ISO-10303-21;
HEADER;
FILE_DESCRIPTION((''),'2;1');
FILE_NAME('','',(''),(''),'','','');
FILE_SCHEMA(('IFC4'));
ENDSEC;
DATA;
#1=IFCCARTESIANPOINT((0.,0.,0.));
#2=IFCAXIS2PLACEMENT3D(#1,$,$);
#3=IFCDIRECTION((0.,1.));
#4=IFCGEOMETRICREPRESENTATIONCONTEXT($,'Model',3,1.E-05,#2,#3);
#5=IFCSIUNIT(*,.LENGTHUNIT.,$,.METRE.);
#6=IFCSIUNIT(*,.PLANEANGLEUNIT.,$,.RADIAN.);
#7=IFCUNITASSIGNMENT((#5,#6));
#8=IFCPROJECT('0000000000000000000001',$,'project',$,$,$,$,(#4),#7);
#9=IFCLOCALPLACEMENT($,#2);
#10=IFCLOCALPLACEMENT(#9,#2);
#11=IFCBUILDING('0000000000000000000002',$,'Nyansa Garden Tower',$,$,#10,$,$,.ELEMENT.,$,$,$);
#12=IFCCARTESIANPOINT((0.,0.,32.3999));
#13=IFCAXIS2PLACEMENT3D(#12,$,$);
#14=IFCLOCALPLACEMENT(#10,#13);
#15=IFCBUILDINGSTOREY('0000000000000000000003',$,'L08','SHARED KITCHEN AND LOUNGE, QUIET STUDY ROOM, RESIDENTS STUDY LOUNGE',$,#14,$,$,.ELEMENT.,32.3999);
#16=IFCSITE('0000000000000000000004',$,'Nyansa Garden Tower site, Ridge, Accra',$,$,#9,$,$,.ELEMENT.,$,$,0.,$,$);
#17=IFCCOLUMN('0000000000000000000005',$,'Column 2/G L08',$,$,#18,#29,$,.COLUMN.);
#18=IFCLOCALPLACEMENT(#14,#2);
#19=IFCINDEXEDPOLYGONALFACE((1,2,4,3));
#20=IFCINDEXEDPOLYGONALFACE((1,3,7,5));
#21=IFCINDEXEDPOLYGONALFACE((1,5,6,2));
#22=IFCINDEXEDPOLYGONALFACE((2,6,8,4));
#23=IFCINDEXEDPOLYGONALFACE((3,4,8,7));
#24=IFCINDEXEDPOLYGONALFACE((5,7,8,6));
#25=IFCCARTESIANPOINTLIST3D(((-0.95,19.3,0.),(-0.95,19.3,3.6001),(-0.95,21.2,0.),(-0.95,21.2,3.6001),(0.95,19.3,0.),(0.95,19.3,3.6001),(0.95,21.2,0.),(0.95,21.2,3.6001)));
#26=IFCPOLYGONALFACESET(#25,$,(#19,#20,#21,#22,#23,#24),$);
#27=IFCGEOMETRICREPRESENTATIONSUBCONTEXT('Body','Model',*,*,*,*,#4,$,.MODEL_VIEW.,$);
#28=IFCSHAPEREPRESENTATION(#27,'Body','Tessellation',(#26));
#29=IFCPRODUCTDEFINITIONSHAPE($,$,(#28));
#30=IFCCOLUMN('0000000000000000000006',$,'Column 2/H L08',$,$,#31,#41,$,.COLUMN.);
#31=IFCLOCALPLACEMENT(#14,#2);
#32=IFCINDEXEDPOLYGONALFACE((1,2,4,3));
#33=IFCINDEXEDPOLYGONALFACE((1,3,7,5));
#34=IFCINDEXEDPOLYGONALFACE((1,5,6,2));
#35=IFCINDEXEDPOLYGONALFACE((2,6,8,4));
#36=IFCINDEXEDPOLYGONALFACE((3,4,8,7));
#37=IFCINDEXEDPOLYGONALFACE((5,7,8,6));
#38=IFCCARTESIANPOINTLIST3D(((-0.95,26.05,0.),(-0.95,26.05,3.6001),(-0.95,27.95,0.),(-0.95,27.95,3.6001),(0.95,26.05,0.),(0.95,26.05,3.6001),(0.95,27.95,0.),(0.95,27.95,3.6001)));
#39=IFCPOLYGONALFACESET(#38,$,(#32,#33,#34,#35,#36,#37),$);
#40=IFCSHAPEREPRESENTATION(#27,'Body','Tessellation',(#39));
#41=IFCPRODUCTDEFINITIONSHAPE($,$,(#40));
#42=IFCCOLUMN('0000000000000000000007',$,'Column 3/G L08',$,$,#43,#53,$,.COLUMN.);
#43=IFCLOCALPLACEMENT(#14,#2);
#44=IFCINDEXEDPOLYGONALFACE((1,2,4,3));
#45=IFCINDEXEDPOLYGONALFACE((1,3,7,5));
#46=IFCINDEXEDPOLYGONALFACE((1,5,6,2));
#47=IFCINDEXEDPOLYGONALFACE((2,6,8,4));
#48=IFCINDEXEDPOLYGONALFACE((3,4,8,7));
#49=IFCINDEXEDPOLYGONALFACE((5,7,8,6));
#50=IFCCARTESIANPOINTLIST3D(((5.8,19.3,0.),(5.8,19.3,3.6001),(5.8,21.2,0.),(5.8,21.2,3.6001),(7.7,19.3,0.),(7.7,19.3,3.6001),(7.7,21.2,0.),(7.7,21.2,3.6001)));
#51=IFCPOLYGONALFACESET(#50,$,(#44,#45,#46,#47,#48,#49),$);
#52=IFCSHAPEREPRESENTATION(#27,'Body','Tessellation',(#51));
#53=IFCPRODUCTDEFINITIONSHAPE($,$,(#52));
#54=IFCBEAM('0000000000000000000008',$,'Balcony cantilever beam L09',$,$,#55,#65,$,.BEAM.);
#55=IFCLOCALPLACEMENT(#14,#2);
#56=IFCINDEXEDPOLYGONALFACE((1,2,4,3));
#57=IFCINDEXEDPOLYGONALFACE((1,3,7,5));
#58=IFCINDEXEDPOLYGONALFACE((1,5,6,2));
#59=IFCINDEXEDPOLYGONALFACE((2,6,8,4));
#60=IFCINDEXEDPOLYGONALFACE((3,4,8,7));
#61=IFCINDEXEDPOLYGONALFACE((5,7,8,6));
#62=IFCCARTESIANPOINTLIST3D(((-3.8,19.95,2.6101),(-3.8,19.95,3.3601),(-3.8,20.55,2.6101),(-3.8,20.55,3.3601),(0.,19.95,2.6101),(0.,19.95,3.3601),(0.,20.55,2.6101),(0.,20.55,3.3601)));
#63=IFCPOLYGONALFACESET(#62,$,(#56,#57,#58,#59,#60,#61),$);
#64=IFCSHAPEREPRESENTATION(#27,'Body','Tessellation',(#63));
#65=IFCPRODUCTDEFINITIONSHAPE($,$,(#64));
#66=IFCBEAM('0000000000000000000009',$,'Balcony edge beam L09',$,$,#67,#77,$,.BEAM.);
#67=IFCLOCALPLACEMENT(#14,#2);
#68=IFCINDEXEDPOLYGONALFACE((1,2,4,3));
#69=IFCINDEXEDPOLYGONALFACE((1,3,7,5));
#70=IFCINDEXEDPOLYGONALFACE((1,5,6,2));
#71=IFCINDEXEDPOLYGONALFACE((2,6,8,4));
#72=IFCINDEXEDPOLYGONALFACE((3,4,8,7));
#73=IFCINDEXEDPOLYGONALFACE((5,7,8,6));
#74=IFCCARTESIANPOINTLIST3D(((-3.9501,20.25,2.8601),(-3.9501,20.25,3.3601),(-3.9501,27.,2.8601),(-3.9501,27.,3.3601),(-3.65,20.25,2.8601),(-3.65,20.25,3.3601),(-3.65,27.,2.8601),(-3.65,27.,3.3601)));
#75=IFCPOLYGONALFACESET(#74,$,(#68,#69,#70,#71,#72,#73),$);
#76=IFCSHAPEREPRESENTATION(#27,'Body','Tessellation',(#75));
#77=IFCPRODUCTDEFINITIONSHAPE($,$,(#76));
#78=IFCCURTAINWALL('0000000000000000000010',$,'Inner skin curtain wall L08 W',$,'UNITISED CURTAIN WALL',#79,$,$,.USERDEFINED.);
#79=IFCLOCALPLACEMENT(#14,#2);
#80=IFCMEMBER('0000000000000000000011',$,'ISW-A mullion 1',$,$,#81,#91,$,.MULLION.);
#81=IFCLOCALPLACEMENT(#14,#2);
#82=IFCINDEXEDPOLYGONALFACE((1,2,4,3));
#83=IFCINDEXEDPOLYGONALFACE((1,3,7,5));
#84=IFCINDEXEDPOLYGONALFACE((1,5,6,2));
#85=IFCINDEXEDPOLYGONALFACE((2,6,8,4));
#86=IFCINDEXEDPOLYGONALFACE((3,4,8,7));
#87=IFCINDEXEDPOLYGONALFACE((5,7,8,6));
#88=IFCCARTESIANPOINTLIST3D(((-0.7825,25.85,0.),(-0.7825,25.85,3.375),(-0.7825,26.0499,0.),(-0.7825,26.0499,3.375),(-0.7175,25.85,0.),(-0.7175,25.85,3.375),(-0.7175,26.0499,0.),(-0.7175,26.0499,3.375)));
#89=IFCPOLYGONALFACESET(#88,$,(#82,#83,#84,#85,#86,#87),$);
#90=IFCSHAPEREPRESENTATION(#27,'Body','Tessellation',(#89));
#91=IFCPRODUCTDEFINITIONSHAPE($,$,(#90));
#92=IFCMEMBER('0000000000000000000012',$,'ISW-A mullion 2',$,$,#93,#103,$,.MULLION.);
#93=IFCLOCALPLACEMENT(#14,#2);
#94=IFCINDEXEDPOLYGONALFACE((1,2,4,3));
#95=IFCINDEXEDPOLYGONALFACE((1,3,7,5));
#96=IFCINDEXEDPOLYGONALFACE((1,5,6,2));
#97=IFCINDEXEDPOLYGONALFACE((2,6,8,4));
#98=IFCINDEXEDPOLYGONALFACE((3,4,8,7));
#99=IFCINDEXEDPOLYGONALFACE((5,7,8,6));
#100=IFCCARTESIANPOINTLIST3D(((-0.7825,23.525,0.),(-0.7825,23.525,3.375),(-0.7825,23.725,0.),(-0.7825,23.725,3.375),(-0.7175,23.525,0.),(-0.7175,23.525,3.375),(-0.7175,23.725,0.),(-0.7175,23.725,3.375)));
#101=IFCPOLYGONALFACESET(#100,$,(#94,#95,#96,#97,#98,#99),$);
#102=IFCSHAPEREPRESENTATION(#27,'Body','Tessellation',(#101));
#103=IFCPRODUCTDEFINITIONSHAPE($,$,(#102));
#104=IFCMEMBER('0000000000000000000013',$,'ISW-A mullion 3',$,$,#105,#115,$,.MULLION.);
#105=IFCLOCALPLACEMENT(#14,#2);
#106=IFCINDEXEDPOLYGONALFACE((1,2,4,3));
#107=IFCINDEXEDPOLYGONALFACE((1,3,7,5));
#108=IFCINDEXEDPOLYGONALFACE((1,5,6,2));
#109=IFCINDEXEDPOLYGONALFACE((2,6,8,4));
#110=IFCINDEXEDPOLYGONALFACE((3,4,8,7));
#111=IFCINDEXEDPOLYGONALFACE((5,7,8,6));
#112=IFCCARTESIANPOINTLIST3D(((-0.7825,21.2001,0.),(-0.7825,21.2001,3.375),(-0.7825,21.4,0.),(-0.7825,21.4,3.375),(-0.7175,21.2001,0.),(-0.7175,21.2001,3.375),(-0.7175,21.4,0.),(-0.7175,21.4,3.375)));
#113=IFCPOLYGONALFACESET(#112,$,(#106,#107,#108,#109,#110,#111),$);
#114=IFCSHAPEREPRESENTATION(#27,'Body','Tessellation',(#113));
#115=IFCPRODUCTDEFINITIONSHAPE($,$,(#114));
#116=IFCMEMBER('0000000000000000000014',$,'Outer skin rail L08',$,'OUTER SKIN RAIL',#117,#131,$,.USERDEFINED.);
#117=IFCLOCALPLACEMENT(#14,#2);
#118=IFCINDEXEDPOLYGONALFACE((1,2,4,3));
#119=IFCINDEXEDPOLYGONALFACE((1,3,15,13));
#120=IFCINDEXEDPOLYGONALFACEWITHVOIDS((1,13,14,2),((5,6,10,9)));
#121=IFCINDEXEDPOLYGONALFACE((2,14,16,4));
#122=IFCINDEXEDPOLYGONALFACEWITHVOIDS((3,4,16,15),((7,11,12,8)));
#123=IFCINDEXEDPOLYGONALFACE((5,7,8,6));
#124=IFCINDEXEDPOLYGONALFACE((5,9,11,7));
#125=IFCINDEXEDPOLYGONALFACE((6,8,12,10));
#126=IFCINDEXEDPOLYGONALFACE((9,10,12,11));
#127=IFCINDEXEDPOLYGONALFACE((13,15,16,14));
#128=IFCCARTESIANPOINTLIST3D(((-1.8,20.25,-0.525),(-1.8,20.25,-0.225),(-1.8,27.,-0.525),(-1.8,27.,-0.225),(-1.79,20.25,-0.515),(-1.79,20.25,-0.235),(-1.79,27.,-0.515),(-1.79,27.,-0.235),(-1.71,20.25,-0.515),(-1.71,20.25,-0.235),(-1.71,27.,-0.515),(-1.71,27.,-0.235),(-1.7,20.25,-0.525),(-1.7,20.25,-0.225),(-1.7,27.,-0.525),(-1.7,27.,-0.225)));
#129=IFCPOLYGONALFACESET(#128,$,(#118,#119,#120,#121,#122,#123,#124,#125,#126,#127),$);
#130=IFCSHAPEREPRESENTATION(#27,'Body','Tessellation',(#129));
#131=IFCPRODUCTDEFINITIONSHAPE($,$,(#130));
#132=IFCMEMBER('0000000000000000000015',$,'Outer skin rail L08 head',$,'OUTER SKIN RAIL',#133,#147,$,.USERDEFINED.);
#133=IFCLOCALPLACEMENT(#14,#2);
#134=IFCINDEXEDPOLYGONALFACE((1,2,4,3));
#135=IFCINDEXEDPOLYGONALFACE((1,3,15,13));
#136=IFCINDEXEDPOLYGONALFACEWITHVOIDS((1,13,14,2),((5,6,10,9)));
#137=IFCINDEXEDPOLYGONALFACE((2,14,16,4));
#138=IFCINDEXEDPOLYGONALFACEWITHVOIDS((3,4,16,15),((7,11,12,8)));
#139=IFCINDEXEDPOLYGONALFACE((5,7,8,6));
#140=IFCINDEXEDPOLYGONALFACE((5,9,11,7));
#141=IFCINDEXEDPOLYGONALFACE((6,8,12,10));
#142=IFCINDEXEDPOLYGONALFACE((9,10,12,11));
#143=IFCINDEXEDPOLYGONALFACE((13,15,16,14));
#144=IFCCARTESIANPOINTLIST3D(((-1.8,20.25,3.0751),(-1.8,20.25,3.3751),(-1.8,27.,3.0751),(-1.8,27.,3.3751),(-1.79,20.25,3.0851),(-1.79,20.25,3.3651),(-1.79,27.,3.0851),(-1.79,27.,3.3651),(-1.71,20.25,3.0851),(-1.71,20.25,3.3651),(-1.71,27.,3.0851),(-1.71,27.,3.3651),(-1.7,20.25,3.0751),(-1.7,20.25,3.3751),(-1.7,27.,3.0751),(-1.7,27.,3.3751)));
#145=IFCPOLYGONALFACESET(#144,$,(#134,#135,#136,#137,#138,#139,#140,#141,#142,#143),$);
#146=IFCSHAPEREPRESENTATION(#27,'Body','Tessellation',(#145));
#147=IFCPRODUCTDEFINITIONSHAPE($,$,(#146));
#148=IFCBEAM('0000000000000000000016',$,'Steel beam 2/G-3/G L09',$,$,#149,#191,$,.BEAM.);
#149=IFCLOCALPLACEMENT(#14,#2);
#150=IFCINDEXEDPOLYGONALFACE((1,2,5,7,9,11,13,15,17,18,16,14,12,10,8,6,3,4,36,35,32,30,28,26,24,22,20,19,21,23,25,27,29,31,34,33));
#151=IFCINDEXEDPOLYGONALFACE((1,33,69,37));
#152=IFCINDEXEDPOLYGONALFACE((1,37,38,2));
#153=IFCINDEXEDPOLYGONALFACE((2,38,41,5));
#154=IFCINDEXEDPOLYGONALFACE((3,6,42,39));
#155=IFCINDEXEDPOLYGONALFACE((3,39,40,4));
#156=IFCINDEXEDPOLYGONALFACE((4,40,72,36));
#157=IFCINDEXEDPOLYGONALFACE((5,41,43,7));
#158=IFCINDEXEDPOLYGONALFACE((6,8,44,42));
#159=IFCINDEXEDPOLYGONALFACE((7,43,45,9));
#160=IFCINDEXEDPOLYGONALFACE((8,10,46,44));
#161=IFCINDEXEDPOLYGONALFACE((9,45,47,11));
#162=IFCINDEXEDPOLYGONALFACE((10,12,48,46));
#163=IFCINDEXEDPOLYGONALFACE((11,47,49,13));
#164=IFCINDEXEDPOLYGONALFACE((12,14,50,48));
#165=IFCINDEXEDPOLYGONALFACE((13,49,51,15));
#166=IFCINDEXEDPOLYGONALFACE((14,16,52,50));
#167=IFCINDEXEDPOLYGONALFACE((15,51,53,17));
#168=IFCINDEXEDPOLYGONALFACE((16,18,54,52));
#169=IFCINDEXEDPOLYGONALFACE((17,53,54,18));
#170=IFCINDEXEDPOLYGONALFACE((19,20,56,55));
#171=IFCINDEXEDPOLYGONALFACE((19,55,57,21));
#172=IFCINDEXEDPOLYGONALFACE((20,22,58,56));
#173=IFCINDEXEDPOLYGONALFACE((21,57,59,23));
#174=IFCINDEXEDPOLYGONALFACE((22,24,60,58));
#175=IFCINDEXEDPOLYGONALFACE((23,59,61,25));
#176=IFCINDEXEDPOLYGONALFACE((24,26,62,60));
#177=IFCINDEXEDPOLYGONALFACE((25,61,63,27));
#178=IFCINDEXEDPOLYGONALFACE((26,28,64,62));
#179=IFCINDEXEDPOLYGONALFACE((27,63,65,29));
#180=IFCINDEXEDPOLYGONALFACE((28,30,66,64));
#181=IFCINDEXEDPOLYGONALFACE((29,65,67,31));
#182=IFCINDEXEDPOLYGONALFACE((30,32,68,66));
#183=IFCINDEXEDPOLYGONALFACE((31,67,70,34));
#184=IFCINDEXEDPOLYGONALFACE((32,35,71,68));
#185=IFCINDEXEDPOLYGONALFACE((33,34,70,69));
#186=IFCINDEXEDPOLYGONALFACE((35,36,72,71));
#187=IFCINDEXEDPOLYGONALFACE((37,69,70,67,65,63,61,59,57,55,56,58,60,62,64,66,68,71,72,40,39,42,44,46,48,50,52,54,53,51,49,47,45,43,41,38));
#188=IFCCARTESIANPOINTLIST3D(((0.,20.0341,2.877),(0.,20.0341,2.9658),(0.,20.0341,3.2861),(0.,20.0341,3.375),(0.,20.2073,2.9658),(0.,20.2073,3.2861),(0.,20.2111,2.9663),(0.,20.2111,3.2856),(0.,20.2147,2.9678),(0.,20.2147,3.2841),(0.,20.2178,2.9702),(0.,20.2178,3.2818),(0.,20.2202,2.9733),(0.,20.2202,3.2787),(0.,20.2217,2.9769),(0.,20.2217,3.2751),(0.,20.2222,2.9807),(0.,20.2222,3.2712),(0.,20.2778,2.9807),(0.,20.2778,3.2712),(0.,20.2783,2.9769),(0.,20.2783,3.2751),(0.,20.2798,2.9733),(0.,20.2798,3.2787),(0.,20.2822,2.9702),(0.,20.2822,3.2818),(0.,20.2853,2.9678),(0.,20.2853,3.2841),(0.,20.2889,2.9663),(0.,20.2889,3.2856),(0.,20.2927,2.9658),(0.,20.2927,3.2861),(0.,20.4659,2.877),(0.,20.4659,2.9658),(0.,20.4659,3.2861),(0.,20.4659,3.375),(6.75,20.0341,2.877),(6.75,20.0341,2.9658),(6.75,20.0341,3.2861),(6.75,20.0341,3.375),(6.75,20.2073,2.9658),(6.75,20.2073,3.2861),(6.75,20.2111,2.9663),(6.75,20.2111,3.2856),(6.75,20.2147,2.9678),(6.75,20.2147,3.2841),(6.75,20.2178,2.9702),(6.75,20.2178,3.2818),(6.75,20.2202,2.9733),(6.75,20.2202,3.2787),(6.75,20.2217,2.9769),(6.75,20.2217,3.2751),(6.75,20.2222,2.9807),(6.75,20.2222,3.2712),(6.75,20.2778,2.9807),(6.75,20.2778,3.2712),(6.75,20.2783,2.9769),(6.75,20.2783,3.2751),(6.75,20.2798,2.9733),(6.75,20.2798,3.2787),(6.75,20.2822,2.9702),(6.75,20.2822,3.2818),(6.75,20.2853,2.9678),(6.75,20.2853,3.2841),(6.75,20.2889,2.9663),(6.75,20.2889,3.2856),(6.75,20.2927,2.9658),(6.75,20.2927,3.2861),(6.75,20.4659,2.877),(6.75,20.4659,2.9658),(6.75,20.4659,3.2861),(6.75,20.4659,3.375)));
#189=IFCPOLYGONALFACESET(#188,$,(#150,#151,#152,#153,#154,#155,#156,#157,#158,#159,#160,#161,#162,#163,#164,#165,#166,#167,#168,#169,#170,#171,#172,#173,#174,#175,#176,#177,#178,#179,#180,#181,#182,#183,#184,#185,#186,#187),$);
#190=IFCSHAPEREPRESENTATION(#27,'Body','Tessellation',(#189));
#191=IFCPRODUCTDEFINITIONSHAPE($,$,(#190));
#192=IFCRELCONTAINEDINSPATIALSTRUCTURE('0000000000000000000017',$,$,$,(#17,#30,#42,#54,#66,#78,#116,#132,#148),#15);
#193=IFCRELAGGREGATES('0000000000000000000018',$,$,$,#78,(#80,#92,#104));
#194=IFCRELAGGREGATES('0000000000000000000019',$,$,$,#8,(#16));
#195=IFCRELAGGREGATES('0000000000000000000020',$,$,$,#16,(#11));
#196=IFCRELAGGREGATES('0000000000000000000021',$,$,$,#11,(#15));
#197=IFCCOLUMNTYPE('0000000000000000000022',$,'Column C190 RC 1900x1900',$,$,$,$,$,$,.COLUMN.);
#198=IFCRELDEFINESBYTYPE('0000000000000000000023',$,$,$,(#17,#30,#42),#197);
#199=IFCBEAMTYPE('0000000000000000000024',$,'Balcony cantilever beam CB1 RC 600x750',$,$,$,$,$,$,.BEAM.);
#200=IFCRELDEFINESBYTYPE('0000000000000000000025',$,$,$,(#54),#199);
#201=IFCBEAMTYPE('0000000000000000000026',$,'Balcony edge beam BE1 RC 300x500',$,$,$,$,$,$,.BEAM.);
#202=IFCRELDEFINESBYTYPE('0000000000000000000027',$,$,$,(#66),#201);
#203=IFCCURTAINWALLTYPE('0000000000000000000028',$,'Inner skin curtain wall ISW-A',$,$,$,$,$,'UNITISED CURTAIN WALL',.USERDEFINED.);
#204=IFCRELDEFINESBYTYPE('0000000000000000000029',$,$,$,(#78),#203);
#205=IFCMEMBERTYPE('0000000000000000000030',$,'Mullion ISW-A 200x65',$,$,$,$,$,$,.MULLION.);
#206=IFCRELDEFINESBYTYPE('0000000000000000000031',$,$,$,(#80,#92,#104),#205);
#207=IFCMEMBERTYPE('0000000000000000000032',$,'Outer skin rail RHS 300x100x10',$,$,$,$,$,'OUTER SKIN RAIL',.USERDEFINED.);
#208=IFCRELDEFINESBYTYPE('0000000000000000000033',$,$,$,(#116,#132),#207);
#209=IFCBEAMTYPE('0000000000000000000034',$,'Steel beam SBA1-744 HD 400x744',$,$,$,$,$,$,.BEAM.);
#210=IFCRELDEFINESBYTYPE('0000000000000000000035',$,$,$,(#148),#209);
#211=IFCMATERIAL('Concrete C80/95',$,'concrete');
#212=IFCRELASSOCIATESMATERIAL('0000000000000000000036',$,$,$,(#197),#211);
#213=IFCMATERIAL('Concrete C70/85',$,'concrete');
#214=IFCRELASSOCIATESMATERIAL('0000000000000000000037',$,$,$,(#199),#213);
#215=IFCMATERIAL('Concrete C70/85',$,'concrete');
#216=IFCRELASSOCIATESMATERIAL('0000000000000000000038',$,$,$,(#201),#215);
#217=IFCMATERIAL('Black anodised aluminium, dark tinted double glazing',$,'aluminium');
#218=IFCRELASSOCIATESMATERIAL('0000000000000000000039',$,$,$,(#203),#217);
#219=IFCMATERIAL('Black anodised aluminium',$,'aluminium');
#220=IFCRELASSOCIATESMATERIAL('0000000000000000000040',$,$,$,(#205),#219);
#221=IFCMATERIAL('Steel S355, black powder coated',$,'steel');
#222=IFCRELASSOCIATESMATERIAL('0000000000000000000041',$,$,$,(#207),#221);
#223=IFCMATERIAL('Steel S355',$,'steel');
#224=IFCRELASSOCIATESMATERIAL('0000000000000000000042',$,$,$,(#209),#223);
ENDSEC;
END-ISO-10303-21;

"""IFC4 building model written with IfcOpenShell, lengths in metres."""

from ifc_helpers import new_model, si_unit, direction, frame, origin, origin_2d, place, context, subcontext, project, spatial, rectangle, hollow_rectangle, i_section, extrude, material, material_profile, profile_set, type_object, element, aggregate, save


model = new_model("IFC4")

# Units and contexts
model_context = context("Model", 3, precision=1e-05, world=origin(), true_north=direction((0.0, 1.0)))
body_context = subcontext(model_context, "Body", "Model", "MODEL_VIEW")
ifc_project = project(units=[si_unit("LENGTHUNIT", "METRE"), si_unit("PLANEANGLEUNIT", "RADIAN")], contexts=[model_context])

# Site, building, storey
site_placement = place(None, origin())
site = spatial("IfcSite", under=ifc_project, at=site_placement, Name="Nyansa Garden Tower site, Ridge, Accra", CompositionType="ELEMENT", RefElevation=0.0)
building_placement = place(site_placement, origin())
building = spatial("IfcBuilding", under=site, at=building_placement, Name="Nyansa Garden Tower", CompositionType="ELEMENT")
storey_placement = place(building_placement, frame((0.0, 0.0, 32.3999)))
storey = spatial("IfcBuildingStorey", under=building, at=storey_placement, Name="L08", Description="SHARED KITCHEN AND LOUNGE, QUIET STUDY ROOM, RESIDENTS STUDY LOUNGE", CompositionType="ELEMENT", Elevation=32.3999)

# Columns
ifc_material_1 = material(Name="Concrete C80/95", Category="concrete")
ifc_material_profile_1 = material_profile(ifc_material_1, rectangle(XDim=1.8999, YDim=1.8999, at=origin_2d()), Name="RC 1900x1900")
ifc_profile_set_1 = profile_set([ifc_material_profile_1], Name="Concrete C80/95")
column_type = type_object("IfcColumnType", Name="Column C190 RC 1900x1900", PredefinedType="COLUMN", material=ifc_profile_set_1)
for number, where, z_axis, x_axis, name in (
    (1, (0.0, 20.25, 0.0), (0.0, 0.0, 1.0), (1.0, 0.0, 0.0), "Column 2/G L08"),
    (2, (0.0, 27.0, 0.0), (0.0, 0.0, 1.0), (1.0, 0.0, 0.0), "Column 2/H L08"),
    (3, (6.75, 20.25, 0.0), (0.0, 0.0, 1.0), (1.0, 0.0, 0.0), "Column 3/G L08"),
):
    element("IfcColumn", number, at=place(storey_placement, frame(where, z_axis=z_axis, x_axis=x_axis)), inside=storey, type_object=column_type, Name=name, PredefinedType="COLUMN", context=body_context, shape_type="SweptSolid", body=[
        extrude(rectangle(XDim=1.8999, YDim=1.8999, at=origin_2d()), origin(), (0.0, 0.0, 1.0), 3.6001),
    ])

# Beams
ifc_material_2 = material(Name="Concrete C70/85", Category="concrete")
ifc_material_profile_2 = material_profile(ifc_material_2, rectangle(XDim=0.6001, YDim=0.75, at=origin_2d()), Name="RC 600x750")
ifc_profile_set_2 = profile_set([ifc_material_profile_2], Name="Concrete C70/85")
beam_type_1 = type_object("IfcBeamType", Name="Balcony cantilever beam CB1 RC 600x750", PredefinedType="BEAM", material=ifc_profile_set_2)
beam_1_placement = place(storey_placement, frame((0.0, 20.25, 2.9851), z_axis=(-1.0, 0.0, 0.0), x_axis=(0.0, -1.0, 0.0)))
element("IfcBeam", 4, at=beam_1_placement, inside=storey, type_object=beam_type_1, Name="Balcony cantilever beam L09", PredefinedType="BEAM", context=body_context, shape_type="SweptSolid", body=[
    extrude(rectangle(XDim=0.6001, YDim=0.75, at=origin_2d()), origin(), (0.0, 0.0, 1.0), 3.8),
])
ifc_material_3 = material(Name="Concrete C70/85", Category="concrete")
ifc_material_profile_3 = material_profile(ifc_material_3, rectangle(XDim=0.3, YDim=0.5, at=origin_2d()), Name="RC 300x500")
ifc_profile_set_3 = profile_set([ifc_material_profile_3], Name="Concrete C70/85")
beam_type_2 = type_object("IfcBeamType", Name="Balcony edge beam BE1 RC 300x500", PredefinedType="BEAM", material=ifc_profile_set_3)
beam_2_placement = place(storey_placement, frame((-3.8, 20.25, 3.1101), z_axis=(0.0, 1.0, 0.0), x_axis=(-1.0, 0.0, 0.0)))
element("IfcBeam", 5, at=beam_2_placement, inside=storey, type_object=beam_type_2, Name="Balcony edge beam L09", PredefinedType="BEAM", context=body_context, shape_type="SweptSolid", body=[
    extrude(rectangle(XDim=0.3, YDim=0.5, at=origin_2d()), origin(), (0.0, 0.0, 1.0), 6.75),
])

# Curtain wall, members
ifc_material_4 = material(Name="Black anodised aluminium, dark tinted double glazing", Category="aluminium")
curtain_wall_type = type_object("IfcCurtainWallType", Name="Inner skin curtain wall ISW-A", ElementType="UNITISED CURTAIN WALL", PredefinedType="USERDEFINED", material=ifc_material_4)
curtain_wall_placement = place(storey_placement, origin())
curtain_wall = element("IfcCurtainWall", 6, at=curtain_wall_placement, inside=storey, type_object=curtain_wall_type, Name="Inner skin curtain wall L08 W", ObjectType="UNITISED CURTAIN WALL", PredefinedType="USERDEFINED")
ifc_material_5 = material(Name="Black anodised aluminium", Category="aluminium")
ifc_material_profile_4 = material_profile(ifc_material_5, rectangle(XDim=0.0649, YDim=0.2, at=origin_2d()), Name="Mullion 200x65")
ifc_profile_set_4 = profile_set([ifc_material_profile_4], Name="Black anodised aluminium")
member_type_1 = type_object("IfcMemberType", Name="Mullion ISW-A 200x65", PredefinedType="MULLION", material=ifc_profile_set_4)
member_1_placement = place(storey_placement, frame((-0.75, 25.95, 0.0), z_axis=(0.0, 0.0, 1.0), x_axis=(1.0, 0.0, 0.0)))
member_1 = element("IfcMember", 7, at=member_1_placement, type_object=member_type_1, Name="ISW-A mullion 1", PredefinedType="MULLION", context=body_context, shape_type="SweptSolid", body=[
    extrude(rectangle(XDim=0.0649, YDim=0.2, at=origin_2d()), origin(), (0.0, 0.0, 1.0), 3.375),
])
member_2_placement = place(storey_placement, frame((-0.75, 23.625, 0.0), z_axis=(0.0, 0.0, 1.0), x_axis=(1.0, 0.0, 0.0)))
member_2 = element("IfcMember", 8, at=member_2_placement, type_object=member_type_1, Name="ISW-A mullion 2", PredefinedType="MULLION", context=body_context, shape_type="SweptSolid", body=[
    extrude(rectangle(XDim=0.0649, YDim=0.2, at=origin_2d()), origin(), (0.0, 0.0, 1.0), 3.375),
])
member_3_placement = place(storey_placement, frame((-0.75, 21.3, 0.0), z_axis=(0.0, 0.0, 1.0), x_axis=(1.0, 0.0, 0.0)))
member_3 = element("IfcMember", 9, at=member_3_placement, type_object=member_type_1, Name="ISW-A mullion 3", PredefinedType="MULLION", context=body_context, shape_type="SweptSolid", body=[
    extrude(rectangle(XDim=0.0649, YDim=0.2, at=origin_2d()), origin(), (0.0, 0.0, 1.0), 3.375),
])

# Members
ifc_material_6 = material(Name="Steel S355, black powder coated", Category="steel")
ifc_material_profile_5 = material_profile(ifc_material_6, hollow_rectangle(XDim=0.1001, YDim=0.3, WallThickness=0.01, at=origin_2d()), Name="RHS 300x100x10")
ifc_profile_set_5 = profile_set([ifc_material_profile_5], Name="Steel S355, black powder coated")
member_type_2 = type_object("IfcMemberType", Name="Outer skin rail RHS 300x100x10", ElementType="OUTER SKIN RAIL", PredefinedType="USERDEFINED", material=ifc_profile_set_5)
for number, where, z_axis, x_axis, name in (
    (10, (-1.75, 20.25, -0.375), (0.0, 1.0, 0.0), (-1.0, 0.0, 0.0), "Outer skin rail L08"),
    (11, (-1.75, 20.25, 3.2251), (0.0, 1.0, 0.0), (-1.0, 0.0, 0.0), "Outer skin rail L08 head"),
):
    element("IfcMember", number, at=place(storey_placement, frame(where, z_axis=z_axis, x_axis=x_axis)), inside=storey, type_object=member_type_2, Name=name, ObjectType="OUTER SKIN RAIL", PredefinedType="USERDEFINED", context=body_context, shape_type="SweptSolid", body=[
        extrude(hollow_rectangle(XDim=0.1001, YDim=0.3, WallThickness=0.01, at=origin_2d()), origin(), (0.0, 0.0, 1.0), 6.75),
    ])

# Beam
ifc_material_7 = material(Name="Steel S355", Category="steel")
ifc_material_profile_6 = material_profile(ifc_material_7, i_section(OverallWidth=0.4319, OverallDepth=0.498, WebThickness=0.0557, FlangeThickness=0.0889, FilletRadius=0.0149, at=origin_2d()), Name="HD 400x744")
ifc_profile_set_6 = profile_set([ifc_material_profile_6], Name="Steel S355")
beam_type_3 = type_object("IfcBeamType", Name="Steel beam SBA1-744 HD 400x744", PredefinedType="BEAM", material=ifc_profile_set_6)
for number, where, z_axis, x_axis, name in (
    (12, (0.0, 20.25, 3.126), (1.0, 0.0, 0.0), (0.0, 1.0, 0.0), "Steel beam 2/G-3/G L09"),
):
    element("IfcBeam", number, at=place(storey_placement, frame(where, z_axis=z_axis, x_axis=x_axis)), inside=storey, type_object=beam_type_3, Name=name, PredefinedType="BEAM", context=body_context, shape_type="SweptSolid", body=[
        extrude(i_section(OverallWidth=0.4319, OverallDepth=0.498, WebThickness=0.0557, FlangeThickness=0.0889, FilletRadius=0.0149, at=origin_2d()), origin(), (0.0, 0.0, 1.0), 6.75),
    ])

aggregate(curtain_wall, [member_1, member_2, member_3])

save(model, "model.ifc")
